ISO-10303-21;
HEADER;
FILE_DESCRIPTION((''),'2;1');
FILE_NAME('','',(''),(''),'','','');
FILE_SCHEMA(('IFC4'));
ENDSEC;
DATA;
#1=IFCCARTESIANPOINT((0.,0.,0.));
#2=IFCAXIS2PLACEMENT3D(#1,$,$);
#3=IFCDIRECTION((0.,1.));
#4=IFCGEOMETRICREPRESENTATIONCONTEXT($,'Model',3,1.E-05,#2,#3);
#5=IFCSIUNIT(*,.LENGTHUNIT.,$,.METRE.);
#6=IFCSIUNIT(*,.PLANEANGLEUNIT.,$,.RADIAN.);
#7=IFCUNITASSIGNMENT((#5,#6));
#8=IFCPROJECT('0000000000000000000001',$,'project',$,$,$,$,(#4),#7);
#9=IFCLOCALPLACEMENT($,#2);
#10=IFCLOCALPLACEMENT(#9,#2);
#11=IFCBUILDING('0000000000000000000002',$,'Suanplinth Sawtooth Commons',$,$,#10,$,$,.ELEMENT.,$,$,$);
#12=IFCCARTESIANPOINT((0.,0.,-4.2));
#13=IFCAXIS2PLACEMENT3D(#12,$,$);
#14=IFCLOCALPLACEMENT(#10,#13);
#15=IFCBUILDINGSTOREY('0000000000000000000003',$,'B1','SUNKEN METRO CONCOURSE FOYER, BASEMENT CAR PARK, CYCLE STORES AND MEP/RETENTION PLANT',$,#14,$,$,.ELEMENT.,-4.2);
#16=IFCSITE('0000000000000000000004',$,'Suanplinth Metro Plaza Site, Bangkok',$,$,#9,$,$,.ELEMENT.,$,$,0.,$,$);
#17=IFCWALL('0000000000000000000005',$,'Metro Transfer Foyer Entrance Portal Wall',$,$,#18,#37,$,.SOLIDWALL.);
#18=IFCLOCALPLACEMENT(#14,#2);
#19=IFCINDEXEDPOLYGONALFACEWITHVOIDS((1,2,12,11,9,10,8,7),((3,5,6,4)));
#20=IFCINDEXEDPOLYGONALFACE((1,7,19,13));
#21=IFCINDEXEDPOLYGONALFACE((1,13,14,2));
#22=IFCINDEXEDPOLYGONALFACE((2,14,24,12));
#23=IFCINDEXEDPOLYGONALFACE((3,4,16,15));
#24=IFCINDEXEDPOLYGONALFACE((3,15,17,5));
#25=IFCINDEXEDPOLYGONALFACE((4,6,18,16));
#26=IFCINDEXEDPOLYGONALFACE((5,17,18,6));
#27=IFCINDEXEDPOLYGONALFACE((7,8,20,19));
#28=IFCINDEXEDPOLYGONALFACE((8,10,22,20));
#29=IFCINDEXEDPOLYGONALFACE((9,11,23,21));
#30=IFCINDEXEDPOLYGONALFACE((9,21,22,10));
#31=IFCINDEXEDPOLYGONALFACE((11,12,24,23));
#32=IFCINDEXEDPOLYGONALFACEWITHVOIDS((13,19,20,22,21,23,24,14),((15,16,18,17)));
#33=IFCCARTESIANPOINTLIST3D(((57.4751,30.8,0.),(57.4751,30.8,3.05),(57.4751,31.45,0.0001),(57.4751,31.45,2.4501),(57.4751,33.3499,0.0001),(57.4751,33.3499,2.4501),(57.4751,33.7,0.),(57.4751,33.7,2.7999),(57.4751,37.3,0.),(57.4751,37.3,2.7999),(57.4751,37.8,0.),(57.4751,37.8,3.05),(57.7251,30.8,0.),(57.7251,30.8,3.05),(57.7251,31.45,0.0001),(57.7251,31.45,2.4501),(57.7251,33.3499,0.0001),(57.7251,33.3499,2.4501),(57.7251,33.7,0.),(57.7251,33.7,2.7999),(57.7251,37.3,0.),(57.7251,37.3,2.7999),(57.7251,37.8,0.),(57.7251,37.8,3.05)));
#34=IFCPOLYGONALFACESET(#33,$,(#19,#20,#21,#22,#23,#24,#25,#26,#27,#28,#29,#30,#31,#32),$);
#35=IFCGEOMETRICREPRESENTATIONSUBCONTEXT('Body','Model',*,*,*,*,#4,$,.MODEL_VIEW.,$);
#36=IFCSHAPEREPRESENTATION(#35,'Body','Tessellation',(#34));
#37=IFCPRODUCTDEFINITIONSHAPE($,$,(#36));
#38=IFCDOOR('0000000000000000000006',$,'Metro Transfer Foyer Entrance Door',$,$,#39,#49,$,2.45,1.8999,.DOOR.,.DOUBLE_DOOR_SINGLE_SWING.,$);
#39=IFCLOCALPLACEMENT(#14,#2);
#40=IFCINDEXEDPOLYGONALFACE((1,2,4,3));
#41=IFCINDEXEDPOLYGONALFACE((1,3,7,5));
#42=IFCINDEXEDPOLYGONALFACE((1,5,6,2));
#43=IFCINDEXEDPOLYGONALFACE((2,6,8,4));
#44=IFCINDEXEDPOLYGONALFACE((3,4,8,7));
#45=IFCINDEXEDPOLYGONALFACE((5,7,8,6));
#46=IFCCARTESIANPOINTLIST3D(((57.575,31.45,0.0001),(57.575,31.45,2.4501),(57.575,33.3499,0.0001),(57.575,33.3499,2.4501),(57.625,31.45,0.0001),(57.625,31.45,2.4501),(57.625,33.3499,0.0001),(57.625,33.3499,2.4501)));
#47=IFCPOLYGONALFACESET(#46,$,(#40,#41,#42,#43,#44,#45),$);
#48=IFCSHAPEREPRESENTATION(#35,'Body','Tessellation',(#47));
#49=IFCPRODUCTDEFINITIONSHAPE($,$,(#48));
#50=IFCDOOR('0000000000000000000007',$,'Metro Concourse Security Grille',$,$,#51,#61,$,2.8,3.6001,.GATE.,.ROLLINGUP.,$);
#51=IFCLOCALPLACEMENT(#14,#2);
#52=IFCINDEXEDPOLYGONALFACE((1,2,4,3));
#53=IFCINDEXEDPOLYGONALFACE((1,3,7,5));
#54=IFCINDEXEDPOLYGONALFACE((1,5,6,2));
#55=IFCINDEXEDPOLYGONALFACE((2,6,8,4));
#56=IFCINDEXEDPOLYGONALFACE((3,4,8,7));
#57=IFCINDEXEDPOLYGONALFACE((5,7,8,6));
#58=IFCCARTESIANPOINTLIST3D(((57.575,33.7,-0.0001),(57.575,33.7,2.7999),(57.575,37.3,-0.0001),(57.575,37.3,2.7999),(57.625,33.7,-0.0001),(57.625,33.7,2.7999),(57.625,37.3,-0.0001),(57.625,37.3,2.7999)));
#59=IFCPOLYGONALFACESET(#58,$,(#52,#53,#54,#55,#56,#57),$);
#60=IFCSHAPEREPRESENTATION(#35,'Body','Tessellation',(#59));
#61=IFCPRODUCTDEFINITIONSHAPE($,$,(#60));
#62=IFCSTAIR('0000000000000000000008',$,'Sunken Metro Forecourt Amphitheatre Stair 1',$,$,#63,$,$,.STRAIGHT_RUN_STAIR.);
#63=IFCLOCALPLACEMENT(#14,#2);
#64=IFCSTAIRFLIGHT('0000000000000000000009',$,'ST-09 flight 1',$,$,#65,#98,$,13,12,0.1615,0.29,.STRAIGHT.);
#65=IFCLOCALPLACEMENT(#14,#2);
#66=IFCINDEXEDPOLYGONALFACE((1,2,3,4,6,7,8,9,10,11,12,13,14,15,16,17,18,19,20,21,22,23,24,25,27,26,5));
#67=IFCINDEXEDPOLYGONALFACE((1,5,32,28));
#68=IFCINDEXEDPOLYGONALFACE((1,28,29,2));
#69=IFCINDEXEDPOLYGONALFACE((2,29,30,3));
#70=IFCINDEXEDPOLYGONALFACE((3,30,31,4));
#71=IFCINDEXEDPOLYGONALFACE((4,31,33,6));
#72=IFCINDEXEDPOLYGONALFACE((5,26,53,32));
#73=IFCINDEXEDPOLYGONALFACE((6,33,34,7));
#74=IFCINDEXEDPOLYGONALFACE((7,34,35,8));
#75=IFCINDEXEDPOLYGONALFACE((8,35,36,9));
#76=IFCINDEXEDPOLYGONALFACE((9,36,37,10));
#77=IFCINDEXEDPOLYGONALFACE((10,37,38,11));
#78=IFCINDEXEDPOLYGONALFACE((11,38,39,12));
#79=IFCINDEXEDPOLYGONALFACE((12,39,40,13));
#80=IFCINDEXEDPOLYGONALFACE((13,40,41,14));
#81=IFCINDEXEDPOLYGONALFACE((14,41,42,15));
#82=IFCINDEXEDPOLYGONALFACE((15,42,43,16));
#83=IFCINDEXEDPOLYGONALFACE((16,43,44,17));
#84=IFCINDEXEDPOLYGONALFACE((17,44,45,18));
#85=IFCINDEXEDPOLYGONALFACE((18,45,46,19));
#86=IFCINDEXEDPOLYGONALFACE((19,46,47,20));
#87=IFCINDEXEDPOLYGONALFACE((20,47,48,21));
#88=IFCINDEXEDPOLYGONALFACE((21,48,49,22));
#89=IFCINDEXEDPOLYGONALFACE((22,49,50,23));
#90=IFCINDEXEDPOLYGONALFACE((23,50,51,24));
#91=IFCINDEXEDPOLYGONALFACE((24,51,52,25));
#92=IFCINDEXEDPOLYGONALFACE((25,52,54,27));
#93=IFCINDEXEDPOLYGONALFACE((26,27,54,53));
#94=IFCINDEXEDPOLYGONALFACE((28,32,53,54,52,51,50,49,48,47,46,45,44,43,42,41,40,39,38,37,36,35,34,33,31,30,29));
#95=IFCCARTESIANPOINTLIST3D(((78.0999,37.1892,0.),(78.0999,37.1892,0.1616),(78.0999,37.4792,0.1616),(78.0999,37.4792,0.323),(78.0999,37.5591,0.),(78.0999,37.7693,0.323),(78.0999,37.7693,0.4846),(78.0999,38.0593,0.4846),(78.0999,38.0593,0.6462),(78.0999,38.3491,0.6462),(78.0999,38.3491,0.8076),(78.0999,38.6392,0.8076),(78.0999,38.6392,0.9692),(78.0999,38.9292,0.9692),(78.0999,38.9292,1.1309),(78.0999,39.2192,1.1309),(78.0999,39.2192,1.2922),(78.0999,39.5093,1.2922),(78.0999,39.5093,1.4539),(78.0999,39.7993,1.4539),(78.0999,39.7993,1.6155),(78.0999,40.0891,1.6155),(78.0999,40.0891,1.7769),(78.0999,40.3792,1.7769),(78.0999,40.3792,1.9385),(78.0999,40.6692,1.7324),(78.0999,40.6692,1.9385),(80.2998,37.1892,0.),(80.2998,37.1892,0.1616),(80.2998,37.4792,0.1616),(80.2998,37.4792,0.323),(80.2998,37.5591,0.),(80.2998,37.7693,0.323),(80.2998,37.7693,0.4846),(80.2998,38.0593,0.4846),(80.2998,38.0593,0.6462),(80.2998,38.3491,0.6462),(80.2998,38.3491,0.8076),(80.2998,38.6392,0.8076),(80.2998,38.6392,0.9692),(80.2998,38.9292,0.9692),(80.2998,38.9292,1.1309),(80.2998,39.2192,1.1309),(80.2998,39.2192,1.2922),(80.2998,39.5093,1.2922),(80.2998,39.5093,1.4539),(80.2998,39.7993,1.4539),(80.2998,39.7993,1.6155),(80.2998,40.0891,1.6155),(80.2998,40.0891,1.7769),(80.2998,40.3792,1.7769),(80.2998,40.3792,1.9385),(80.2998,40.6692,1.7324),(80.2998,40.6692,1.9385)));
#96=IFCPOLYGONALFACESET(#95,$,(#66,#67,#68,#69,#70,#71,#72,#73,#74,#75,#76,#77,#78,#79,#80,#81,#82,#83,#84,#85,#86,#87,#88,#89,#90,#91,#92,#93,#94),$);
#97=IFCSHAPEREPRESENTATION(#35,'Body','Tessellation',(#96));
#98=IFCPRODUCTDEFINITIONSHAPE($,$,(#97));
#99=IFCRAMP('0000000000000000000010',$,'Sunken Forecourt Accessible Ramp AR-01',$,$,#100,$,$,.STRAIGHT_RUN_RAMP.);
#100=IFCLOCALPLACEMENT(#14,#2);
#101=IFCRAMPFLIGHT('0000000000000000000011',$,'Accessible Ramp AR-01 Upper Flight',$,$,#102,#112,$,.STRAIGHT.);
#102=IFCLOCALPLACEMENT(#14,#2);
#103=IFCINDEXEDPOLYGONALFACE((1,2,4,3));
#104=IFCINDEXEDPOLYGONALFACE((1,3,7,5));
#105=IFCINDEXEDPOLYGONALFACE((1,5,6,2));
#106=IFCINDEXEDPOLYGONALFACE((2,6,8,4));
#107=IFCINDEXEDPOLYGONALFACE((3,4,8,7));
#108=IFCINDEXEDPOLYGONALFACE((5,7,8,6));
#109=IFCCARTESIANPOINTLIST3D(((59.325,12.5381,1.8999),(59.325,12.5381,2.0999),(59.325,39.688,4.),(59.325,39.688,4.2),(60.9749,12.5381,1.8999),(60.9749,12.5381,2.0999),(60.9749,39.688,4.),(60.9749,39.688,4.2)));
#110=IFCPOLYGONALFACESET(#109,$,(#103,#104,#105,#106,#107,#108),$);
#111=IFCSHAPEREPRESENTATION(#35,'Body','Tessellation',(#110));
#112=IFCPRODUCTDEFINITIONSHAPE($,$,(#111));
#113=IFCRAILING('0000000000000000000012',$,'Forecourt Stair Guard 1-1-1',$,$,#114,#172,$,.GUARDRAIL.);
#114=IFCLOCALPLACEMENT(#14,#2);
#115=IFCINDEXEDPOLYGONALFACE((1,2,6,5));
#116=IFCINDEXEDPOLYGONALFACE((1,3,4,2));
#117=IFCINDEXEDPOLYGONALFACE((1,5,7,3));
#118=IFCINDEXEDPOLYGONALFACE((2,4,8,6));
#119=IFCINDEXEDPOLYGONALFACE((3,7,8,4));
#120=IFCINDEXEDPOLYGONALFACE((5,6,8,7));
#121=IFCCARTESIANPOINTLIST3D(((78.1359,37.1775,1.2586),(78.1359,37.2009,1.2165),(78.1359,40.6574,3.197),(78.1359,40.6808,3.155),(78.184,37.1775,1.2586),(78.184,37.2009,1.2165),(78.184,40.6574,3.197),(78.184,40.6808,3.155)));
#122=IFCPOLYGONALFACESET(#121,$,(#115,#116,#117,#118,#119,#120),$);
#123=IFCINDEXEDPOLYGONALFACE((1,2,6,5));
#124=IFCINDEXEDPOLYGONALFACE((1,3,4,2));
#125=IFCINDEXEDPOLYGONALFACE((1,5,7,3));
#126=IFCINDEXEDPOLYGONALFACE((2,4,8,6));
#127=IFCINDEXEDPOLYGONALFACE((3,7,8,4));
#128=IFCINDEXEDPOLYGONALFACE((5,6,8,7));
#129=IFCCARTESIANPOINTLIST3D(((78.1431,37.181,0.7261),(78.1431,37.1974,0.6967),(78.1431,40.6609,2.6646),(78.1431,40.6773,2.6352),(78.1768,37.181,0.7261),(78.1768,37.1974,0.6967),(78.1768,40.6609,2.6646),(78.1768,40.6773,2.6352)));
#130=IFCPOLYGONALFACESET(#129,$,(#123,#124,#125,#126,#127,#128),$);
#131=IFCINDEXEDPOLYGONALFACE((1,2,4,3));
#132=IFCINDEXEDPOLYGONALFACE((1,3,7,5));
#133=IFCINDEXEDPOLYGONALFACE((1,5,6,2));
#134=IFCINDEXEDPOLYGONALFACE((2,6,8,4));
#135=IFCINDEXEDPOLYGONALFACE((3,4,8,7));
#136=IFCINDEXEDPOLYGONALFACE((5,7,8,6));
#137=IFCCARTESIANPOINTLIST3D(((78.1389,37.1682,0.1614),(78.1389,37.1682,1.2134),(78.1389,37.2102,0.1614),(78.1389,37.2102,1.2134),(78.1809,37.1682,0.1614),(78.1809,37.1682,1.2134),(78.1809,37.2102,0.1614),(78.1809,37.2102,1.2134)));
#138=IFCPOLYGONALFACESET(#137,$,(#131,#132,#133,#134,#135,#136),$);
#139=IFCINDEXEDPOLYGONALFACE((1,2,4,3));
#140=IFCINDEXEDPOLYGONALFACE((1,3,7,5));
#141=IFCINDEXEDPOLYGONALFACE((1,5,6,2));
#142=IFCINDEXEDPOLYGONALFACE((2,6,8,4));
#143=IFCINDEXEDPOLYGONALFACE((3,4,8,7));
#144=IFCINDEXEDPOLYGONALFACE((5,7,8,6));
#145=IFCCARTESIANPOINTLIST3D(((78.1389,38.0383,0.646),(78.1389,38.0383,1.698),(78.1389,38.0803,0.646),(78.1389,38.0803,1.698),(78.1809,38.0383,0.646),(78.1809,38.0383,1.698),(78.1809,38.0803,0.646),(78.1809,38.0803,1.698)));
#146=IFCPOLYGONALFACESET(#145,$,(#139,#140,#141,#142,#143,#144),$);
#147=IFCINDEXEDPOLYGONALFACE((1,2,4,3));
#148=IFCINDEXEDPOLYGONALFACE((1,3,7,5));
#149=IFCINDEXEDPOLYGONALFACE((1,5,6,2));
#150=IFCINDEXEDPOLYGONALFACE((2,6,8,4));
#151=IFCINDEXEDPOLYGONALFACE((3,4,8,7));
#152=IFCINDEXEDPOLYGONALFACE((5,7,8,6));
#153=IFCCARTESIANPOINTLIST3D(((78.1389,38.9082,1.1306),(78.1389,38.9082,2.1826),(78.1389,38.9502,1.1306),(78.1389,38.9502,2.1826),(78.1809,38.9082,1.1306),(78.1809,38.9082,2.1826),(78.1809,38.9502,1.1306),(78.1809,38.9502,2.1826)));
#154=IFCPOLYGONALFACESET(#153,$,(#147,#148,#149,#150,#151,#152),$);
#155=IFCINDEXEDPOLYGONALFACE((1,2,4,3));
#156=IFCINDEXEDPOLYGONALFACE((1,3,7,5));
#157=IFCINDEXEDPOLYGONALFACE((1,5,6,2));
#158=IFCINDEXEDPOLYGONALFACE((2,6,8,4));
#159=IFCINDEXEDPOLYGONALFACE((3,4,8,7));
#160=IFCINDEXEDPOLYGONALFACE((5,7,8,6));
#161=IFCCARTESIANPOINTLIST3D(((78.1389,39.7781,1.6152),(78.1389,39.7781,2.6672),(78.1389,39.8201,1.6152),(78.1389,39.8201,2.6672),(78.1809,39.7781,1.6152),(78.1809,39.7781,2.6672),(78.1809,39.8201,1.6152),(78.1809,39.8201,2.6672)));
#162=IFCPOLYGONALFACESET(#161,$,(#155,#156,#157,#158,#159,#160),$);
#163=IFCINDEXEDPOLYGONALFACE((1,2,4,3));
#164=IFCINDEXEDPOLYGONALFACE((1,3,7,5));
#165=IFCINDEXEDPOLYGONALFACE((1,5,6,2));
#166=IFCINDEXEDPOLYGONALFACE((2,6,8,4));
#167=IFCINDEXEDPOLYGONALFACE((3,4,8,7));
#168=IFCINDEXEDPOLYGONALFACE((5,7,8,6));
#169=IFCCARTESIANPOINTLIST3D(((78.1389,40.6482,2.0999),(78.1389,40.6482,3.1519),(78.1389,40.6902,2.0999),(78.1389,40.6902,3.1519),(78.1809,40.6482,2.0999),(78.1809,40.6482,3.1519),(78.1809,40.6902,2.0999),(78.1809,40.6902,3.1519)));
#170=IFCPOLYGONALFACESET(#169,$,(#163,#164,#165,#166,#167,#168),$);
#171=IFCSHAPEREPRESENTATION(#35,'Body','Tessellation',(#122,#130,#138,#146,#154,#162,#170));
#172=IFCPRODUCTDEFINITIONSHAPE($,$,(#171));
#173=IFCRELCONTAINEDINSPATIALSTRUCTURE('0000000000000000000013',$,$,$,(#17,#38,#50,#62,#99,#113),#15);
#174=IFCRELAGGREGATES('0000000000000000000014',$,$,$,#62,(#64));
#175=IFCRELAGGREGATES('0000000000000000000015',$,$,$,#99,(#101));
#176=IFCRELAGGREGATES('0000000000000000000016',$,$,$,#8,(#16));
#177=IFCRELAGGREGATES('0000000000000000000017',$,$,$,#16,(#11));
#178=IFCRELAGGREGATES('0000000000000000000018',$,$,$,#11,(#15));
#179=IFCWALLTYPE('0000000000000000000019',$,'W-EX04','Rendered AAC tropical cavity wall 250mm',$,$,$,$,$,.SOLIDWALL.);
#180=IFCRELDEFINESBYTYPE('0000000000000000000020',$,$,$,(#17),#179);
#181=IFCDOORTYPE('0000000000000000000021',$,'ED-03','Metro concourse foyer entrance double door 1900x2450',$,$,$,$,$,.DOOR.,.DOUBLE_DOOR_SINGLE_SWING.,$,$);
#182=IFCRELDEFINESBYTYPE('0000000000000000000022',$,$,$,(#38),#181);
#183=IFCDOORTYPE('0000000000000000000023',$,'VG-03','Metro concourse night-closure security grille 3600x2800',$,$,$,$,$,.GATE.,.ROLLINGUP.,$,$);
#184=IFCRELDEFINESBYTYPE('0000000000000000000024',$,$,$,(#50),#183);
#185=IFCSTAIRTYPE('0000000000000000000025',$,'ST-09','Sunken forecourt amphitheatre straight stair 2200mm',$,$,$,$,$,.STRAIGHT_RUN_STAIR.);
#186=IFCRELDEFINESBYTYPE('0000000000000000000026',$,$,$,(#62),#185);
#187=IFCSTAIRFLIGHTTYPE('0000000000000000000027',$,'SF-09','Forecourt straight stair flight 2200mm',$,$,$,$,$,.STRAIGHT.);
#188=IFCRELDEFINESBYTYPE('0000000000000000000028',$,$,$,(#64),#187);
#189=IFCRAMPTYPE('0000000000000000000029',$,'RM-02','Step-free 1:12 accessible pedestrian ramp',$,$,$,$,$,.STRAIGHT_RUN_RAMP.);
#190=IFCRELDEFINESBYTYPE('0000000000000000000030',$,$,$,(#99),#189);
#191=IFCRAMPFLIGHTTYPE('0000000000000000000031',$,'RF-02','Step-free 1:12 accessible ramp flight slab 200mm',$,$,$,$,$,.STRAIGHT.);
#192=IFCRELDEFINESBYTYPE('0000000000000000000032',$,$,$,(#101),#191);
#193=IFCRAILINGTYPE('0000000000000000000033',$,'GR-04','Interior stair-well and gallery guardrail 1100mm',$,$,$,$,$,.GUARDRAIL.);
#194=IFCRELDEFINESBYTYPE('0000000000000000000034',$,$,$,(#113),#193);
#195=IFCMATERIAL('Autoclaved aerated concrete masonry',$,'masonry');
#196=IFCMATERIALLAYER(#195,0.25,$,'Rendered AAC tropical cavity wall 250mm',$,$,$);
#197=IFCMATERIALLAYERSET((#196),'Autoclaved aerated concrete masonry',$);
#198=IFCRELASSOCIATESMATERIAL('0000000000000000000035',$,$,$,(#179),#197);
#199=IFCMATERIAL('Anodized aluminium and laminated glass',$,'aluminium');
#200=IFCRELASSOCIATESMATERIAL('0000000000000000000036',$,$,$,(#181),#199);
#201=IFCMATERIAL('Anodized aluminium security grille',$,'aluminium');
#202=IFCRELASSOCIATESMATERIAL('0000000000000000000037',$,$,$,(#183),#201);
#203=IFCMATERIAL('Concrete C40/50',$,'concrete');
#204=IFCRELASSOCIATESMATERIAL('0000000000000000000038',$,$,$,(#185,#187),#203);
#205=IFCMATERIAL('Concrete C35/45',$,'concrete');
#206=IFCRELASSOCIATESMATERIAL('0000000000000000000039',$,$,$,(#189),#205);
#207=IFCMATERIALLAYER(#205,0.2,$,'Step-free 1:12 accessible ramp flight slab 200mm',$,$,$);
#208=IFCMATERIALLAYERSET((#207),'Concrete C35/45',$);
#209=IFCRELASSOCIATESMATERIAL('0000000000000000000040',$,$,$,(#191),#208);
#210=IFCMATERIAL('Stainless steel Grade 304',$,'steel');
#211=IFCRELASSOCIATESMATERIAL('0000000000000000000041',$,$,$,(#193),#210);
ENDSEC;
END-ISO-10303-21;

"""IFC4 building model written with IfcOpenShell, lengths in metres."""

from ifc_helpers import new_model, si_unit, direction, frame, frame_2d, origin, origin_2d, place, context, subcontext, project, spatial, polyline, rectangle, outline, extrude, material, layer, layer_set, type_object, element, fill, aggregate, save


model = new_model("IFC4")

# Units and contexts
model_context = context("Model", 3, precision=1e-05, world=origin(), true_north=direction((0.0, 1.0)))
body_context = subcontext(model_context, "Body", "Model", "MODEL_VIEW")
ifc_project = project(units=[si_unit("LENGTHUNIT", "METRE"), si_unit("PLANEANGLEUNIT", "RADIAN")], contexts=[model_context])

# Site, building, storey
site_placement = place(None, origin())
site = spatial("IfcSite", under=ifc_project, at=site_placement, Name="Suanplinth Metro Plaza Site, Bangkok", CompositionType="ELEMENT", RefElevation=0.0)
building_placement = place(site_placement, origin())
building = spatial("IfcBuilding", under=site, at=building_placement, Name="Suanplinth Sawtooth Commons", CompositionType="ELEMENT")
storey_placement = place(building_placement, frame((0.0, 0.0, -4.2)))
storey = spatial("IfcBuildingStorey", under=building, at=storey_placement, Name="B1", Description="SUNKEN METRO CONCOURSE FOYER, BASEMENT CAR PARK, CYCLE STORES AND MEP/RETENTION PLANT", CompositionType="ELEMENT", Elevation=-4.2)

# Shared definitions
ifc_material_1 = material(Name="Concrete C35/45", Category="concrete")

# Shared definitions
ifc_material_2 = material(Name="Concrete C40/50", Category="concrete")

# Wall, openings, doors
ifc_material_3 = material(Name="Autoclaved aerated concrete masonry", Category="masonry")
ifc_layer_1 = layer(ifc_material_3, 0.25, Name="Rendered AAC tropical cavity wall 250mm")
ifc_layer_set_1 = layer_set([ifc_layer_1], Name="Autoclaved aerated concrete masonry")
wall_type = type_object("IfcWallType", Name="W-EX04", Description="Rendered AAC tropical cavity wall 250mm", PredefinedType="SOLIDWALL", material=ifc_layer_set_1)
wall_placement = place(storey_placement, frame((57.6001, 30.8, 0.0), z_axis=(0.0, 0.0, 1.0), x_axis=(0.0, 1.0, 0.0)))
wall = element("IfcWall", 1, at=wall_placement, inside=storey, type_object=wall_type, Name="Metro Transfer Foyer Entrance Portal Wall", PredefinedType="SOLIDWALL", context=body_context, shape_type="SweptSolid", body=[
    extrude(rectangle(XDim=7.0, YDim=0.25, at=frame_2d((3.5, 0.0))), origin(), (0.0, 0.0, 1.0), 3.05),
])
opening_1_placement = place(wall_placement, frame((0.6499, 0.0, 0.0)))
opening_1 = element("IfcOpeningElement", 2, at=opening_1_placement, cuts=wall, PredefinedType="OPENING", context=body_context, shape_type="SweptSolid", body=[
    extrude(rectangle(XDim=1.8999, YDim=2.45, at=frame_2d((0.95, 1.2251))), frame((0.0, 0.1399, 0.0), z_axis=(0.0, -1.0, 0.0), x_axis=(1.0, 0.0, 0.0)), (0.0, 0.0, 1.0), 0.2798),
])
opening_2_placement = place(wall_placement, frame((2.8999, 0.0, 0.0)))
opening_2 = element("IfcOpeningElement", 3, at=opening_2_placement, cuts=wall, PredefinedType="OPENING", context=body_context, shape_type="SweptSolid", body=[
    extrude(rectangle(XDim=3.6001, YDim=2.8, at=frame_2d((1.8, 1.3999))), frame((0.0, 0.1399, 0.0), z_axis=(0.0, -1.0, 0.0), x_axis=(1.0, 0.0, 0.0)), (0.0, 0.0, 1.0), 0.2798),
])
ifc_material_4 = material(Name="Anodized aluminium and laminated glass", Category="aluminium")
door_type_1 = type_object("IfcDoorType", Name="ED-03", Description="Metro concourse foyer entrance double door 1900x2450", OperationType="DOUBLE_DOOR_SINGLE_SWING", PredefinedType="DOOR", material=ifc_material_4)
door_1_placement = place(opening_1_placement, frame((1.8999, 0.0, 0.0), z_axis=(0.0, 0.0, 1.0), x_axis=(-1.0, 0.0, 0.0)))
door_1 = element("IfcDoor", 4, at=door_1_placement, inside=storey, type_object=door_type_1, Name="Metro Transfer Foyer Entrance Door", OperationType="DOUBLE_DOOR_SINGLE_SWING", OverallHeight=2.45, OverallWidth=1.8999, PredefinedType="DOOR", context=body_context, shape_type="SweptSolid", body=[
    extrude(rectangle(XDim=1.8999, YDim=2.45, at=frame_2d((0.95, 1.2251))), frame((0.0, 0.0249, 0.0), z_axis=(0.0, -1.0, 0.0), x_axis=(1.0, 0.0, 0.0)), (0.0, 0.0, 1.0), 0.05),
])
fill(opening_1, door_1)
ifc_material_5 = material(Name="Anodized aluminium security grille", Category="aluminium")
door_type_2 = type_object("IfcDoorType", Name="VG-03", Description="Metro concourse night-closure security grille 3600x2800", OperationType="ROLLINGUP", PredefinedType="GATE", material=ifc_material_5)
door_2_placement = place(opening_2_placement, frame((3.6001, 0.0, 0.0), z_axis=(0.0, 0.0, 1.0), x_axis=(-1.0, 0.0, 0.0)))
door_2 = element("IfcDoor", 5, at=door_2_placement, inside=storey, type_object=door_type_2, Name="Metro Concourse Security Grille", OperationType="ROLLINGUP", OverallHeight=2.8, OverallWidth=3.6001, PredefinedType="GATE", context=body_context, shape_type="SweptSolid", body=[
    extrude(rectangle(XDim=3.6001, YDim=2.8, at=frame_2d((1.8, 1.3999))), frame((0.0, 0.0249, 0.0), z_axis=(0.0, -1.0, 0.0), x_axis=(1.0, 0.0, 0.0)), (0.0, 0.0, 1.0), 0.05),
])
fill(opening_2, door_2)

# Stair, stair flight
stair_type = type_object("IfcStairType", Name="ST-09", Description="Sunken forecourt amphitheatre straight stair 2200mm", PredefinedType="STRAIGHT_RUN_STAIR", material=ifc_material_2)
stair_placement = place(storey_placement, origin())
stair = element("IfcStair", 6, at=stair_placement, inside=storey, type_object=stair_type, Name="Sunken Metro Forecourt Amphitheatre Stair 1", PredefinedType="STRAIGHT_RUN_STAIR")
stair_flight_type = type_object("IfcStairFlightType", Name="SF-09", Description="Forecourt straight stair flight 2200mm", PredefinedType="STRAIGHT", material=ifc_material_2)
stair_flight_placement = place(storey_placement, frame((79.2, 37.1892, 0.0), z_axis=(0.0, 0.0, 1.0), x_axis=(0.0, 1.0, 0.0)))
stair_flight = element("IfcStairFlight", 7, at=stair_flight_placement, type_object=stair_flight_type, Name="ST-09 flight 1", NumberOfRisers=13, NumberOfTreads=12, PredefinedType="STRAIGHT", RiserHeight=0.1615, TreadLength=0.29, context=body_context, shape_type="SweptSolid", body=[
    extrude(outline(polyline([(0.0, 0.0), (0.0, 0.1616), (0.29, 0.1616), (0.29, 0.323), (0.5801, 0.323), (0.5801, 0.4846), (0.8701, 0.4846), (0.8701, 0.6462), (1.1599, 0.6462), (1.1599, 0.8076), (1.45, 0.8076), (1.45, 0.9692), (1.74, 0.9692), (1.74, 1.1309), (2.03, 1.1309), (2.03, 1.2922), (2.3201, 1.2922), (2.3201, 1.4539), (2.6101, 1.4539), (2.6101, 1.6155), (2.8999, 1.6155), (2.8999, 1.7769), (3.1899, 1.7769), (3.1899, 1.9385), (3.48, 1.9385), (3.48, 2.1001), (3.48, 1.7324), (0.3699, 0.0), (0.0, 0.0)])), frame((0.0, 1.1001, 0.0), z_axis=(0.0, -1.0, 0.0), x_axis=(1.0, 0.0, 0.0)), (0.0, 0.0, 1.0), 2.2),
])
aggregate(stair, [stair_flight])

# Ramp, ramp flight
ramp_type = type_object("IfcRampType", Name="RM-02", Description="Step-free 1:12 accessible pedestrian ramp", PredefinedType="STRAIGHT_RUN_RAMP", material=ifc_material_1)
ramp_placement = place(storey_placement, origin())
ramp = element("IfcRamp", 8, at=ramp_placement, inside=storey, type_object=ramp_type, Name="Sunken Forecourt Accessible Ramp AR-01", PredefinedType="STRAIGHT_RUN_RAMP")
ifc_layer_2 = layer(ifc_material_1, 0.2, Name="Step-free 1:12 accessible ramp flight slab 200mm")
ifc_layer_set_2 = layer_set([ifc_layer_2], Name="Concrete C35/45")
ramp_flight_type = type_object("IfcRampFlightType", Name="RF-02", Description="Step-free 1:12 accessible ramp flight slab 200mm", PredefinedType="STRAIGHT", material=ifc_layer_set_2)
ramp_flight_placement = place(storey_placement, frame((60.1499, 12.5381, 2.0999), z_axis=(0.0, 0.0, 1.0), x_axis=(0.0, 1.0, 0.0)))
ramp_flight = element("IfcRampFlight", 9, at=ramp_flight_placement, type_object=ramp_flight_type, Name="Accessible Ramp AR-01 Upper Flight", PredefinedType="STRAIGHT", context=body_context, shape_type="SweptSolid", body=[
    extrude(outline(polyline([(0.0, 0.0), (0.0, -0.2), (27.1499, 1.9001), (27.1499, 2.1001), (0.0, 0.0)])), frame((0.0, 0.825, 0.0), z_axis=(0.0, -1.0, 0.0), x_axis=(1.0, 0.0, 0.0)), (0.0, 0.0, 1.0), 1.6499),
])
aggregate(ramp, [ramp_flight])

# Railing
ifc_material_6 = material(Name="Stainless steel Grade 304", Category="steel")
railing_type_1 = type_object("IfcRailingType", Name="GR-04", Description="Interior stair-well and gallery guardrail 1100mm", PredefinedType="GUARDRAIL", material=ifc_material_6)
railing_1_placement = place(storey_placement, frame((78.1599, 37.1892, 0.1614)))
element("IfcRailing", 10, at=railing_1_placement, inside=storey, type_object=railing_type_1, Name="Forecourt Stair Guard 1-1-1", PredefinedType="GUARDRAIL", context=body_context, shape_type="SweptSolid", body=[
    extrude(rectangle(XDim=0.0481, YDim=0.0481, at=origin_2d()), frame((0.0, 0.0, 1.0762), z_axis=(0.0, 0.873607, 0.486631), x_axis=(-1.0, 0.0, 0.0)), (0.0, 0.0, 1.0), 3.9834),
    extrude(rectangle(XDim=0.0337, YDim=0.0337, at=origin_2d()), frame((0.0, 0.0, 0.55), z_axis=(0.0, 0.873607, 0.486631), x_axis=(-1.0, 0.0, 0.0)), (0.0, 0.0, 1.0), 3.9834),
    extrude(rectangle(XDim=0.042, YDim=0.042, at=origin_2d()), origin(), (0.0, 0.0, 1.0), 1.052),
    extrude(rectangle(XDim=0.042, YDim=0.042, at=origin_2d()), frame((0.0, 0.8701, 0.4846)), (0.0, 0.0, 1.0), 1.052),
    extrude(rectangle(XDim=0.042, YDim=0.042, at=origin_2d()), frame((0.0, 1.74, 0.9692)), (0.0, 0.0, 1.0), 1.052),
    extrude(rectangle(XDim=0.042, YDim=0.042, at=origin_2d()), frame((0.0, 2.6099, 1.4539)), (0.0, 0.0, 1.0), 1.052),
    extrude(rectangle(XDim=0.042, YDim=0.042, at=origin_2d()), frame((0.0, 3.48, 1.9385)), (0.0, 0.0, 1.0), 1.052),
])

save(model, "model.ifc")
